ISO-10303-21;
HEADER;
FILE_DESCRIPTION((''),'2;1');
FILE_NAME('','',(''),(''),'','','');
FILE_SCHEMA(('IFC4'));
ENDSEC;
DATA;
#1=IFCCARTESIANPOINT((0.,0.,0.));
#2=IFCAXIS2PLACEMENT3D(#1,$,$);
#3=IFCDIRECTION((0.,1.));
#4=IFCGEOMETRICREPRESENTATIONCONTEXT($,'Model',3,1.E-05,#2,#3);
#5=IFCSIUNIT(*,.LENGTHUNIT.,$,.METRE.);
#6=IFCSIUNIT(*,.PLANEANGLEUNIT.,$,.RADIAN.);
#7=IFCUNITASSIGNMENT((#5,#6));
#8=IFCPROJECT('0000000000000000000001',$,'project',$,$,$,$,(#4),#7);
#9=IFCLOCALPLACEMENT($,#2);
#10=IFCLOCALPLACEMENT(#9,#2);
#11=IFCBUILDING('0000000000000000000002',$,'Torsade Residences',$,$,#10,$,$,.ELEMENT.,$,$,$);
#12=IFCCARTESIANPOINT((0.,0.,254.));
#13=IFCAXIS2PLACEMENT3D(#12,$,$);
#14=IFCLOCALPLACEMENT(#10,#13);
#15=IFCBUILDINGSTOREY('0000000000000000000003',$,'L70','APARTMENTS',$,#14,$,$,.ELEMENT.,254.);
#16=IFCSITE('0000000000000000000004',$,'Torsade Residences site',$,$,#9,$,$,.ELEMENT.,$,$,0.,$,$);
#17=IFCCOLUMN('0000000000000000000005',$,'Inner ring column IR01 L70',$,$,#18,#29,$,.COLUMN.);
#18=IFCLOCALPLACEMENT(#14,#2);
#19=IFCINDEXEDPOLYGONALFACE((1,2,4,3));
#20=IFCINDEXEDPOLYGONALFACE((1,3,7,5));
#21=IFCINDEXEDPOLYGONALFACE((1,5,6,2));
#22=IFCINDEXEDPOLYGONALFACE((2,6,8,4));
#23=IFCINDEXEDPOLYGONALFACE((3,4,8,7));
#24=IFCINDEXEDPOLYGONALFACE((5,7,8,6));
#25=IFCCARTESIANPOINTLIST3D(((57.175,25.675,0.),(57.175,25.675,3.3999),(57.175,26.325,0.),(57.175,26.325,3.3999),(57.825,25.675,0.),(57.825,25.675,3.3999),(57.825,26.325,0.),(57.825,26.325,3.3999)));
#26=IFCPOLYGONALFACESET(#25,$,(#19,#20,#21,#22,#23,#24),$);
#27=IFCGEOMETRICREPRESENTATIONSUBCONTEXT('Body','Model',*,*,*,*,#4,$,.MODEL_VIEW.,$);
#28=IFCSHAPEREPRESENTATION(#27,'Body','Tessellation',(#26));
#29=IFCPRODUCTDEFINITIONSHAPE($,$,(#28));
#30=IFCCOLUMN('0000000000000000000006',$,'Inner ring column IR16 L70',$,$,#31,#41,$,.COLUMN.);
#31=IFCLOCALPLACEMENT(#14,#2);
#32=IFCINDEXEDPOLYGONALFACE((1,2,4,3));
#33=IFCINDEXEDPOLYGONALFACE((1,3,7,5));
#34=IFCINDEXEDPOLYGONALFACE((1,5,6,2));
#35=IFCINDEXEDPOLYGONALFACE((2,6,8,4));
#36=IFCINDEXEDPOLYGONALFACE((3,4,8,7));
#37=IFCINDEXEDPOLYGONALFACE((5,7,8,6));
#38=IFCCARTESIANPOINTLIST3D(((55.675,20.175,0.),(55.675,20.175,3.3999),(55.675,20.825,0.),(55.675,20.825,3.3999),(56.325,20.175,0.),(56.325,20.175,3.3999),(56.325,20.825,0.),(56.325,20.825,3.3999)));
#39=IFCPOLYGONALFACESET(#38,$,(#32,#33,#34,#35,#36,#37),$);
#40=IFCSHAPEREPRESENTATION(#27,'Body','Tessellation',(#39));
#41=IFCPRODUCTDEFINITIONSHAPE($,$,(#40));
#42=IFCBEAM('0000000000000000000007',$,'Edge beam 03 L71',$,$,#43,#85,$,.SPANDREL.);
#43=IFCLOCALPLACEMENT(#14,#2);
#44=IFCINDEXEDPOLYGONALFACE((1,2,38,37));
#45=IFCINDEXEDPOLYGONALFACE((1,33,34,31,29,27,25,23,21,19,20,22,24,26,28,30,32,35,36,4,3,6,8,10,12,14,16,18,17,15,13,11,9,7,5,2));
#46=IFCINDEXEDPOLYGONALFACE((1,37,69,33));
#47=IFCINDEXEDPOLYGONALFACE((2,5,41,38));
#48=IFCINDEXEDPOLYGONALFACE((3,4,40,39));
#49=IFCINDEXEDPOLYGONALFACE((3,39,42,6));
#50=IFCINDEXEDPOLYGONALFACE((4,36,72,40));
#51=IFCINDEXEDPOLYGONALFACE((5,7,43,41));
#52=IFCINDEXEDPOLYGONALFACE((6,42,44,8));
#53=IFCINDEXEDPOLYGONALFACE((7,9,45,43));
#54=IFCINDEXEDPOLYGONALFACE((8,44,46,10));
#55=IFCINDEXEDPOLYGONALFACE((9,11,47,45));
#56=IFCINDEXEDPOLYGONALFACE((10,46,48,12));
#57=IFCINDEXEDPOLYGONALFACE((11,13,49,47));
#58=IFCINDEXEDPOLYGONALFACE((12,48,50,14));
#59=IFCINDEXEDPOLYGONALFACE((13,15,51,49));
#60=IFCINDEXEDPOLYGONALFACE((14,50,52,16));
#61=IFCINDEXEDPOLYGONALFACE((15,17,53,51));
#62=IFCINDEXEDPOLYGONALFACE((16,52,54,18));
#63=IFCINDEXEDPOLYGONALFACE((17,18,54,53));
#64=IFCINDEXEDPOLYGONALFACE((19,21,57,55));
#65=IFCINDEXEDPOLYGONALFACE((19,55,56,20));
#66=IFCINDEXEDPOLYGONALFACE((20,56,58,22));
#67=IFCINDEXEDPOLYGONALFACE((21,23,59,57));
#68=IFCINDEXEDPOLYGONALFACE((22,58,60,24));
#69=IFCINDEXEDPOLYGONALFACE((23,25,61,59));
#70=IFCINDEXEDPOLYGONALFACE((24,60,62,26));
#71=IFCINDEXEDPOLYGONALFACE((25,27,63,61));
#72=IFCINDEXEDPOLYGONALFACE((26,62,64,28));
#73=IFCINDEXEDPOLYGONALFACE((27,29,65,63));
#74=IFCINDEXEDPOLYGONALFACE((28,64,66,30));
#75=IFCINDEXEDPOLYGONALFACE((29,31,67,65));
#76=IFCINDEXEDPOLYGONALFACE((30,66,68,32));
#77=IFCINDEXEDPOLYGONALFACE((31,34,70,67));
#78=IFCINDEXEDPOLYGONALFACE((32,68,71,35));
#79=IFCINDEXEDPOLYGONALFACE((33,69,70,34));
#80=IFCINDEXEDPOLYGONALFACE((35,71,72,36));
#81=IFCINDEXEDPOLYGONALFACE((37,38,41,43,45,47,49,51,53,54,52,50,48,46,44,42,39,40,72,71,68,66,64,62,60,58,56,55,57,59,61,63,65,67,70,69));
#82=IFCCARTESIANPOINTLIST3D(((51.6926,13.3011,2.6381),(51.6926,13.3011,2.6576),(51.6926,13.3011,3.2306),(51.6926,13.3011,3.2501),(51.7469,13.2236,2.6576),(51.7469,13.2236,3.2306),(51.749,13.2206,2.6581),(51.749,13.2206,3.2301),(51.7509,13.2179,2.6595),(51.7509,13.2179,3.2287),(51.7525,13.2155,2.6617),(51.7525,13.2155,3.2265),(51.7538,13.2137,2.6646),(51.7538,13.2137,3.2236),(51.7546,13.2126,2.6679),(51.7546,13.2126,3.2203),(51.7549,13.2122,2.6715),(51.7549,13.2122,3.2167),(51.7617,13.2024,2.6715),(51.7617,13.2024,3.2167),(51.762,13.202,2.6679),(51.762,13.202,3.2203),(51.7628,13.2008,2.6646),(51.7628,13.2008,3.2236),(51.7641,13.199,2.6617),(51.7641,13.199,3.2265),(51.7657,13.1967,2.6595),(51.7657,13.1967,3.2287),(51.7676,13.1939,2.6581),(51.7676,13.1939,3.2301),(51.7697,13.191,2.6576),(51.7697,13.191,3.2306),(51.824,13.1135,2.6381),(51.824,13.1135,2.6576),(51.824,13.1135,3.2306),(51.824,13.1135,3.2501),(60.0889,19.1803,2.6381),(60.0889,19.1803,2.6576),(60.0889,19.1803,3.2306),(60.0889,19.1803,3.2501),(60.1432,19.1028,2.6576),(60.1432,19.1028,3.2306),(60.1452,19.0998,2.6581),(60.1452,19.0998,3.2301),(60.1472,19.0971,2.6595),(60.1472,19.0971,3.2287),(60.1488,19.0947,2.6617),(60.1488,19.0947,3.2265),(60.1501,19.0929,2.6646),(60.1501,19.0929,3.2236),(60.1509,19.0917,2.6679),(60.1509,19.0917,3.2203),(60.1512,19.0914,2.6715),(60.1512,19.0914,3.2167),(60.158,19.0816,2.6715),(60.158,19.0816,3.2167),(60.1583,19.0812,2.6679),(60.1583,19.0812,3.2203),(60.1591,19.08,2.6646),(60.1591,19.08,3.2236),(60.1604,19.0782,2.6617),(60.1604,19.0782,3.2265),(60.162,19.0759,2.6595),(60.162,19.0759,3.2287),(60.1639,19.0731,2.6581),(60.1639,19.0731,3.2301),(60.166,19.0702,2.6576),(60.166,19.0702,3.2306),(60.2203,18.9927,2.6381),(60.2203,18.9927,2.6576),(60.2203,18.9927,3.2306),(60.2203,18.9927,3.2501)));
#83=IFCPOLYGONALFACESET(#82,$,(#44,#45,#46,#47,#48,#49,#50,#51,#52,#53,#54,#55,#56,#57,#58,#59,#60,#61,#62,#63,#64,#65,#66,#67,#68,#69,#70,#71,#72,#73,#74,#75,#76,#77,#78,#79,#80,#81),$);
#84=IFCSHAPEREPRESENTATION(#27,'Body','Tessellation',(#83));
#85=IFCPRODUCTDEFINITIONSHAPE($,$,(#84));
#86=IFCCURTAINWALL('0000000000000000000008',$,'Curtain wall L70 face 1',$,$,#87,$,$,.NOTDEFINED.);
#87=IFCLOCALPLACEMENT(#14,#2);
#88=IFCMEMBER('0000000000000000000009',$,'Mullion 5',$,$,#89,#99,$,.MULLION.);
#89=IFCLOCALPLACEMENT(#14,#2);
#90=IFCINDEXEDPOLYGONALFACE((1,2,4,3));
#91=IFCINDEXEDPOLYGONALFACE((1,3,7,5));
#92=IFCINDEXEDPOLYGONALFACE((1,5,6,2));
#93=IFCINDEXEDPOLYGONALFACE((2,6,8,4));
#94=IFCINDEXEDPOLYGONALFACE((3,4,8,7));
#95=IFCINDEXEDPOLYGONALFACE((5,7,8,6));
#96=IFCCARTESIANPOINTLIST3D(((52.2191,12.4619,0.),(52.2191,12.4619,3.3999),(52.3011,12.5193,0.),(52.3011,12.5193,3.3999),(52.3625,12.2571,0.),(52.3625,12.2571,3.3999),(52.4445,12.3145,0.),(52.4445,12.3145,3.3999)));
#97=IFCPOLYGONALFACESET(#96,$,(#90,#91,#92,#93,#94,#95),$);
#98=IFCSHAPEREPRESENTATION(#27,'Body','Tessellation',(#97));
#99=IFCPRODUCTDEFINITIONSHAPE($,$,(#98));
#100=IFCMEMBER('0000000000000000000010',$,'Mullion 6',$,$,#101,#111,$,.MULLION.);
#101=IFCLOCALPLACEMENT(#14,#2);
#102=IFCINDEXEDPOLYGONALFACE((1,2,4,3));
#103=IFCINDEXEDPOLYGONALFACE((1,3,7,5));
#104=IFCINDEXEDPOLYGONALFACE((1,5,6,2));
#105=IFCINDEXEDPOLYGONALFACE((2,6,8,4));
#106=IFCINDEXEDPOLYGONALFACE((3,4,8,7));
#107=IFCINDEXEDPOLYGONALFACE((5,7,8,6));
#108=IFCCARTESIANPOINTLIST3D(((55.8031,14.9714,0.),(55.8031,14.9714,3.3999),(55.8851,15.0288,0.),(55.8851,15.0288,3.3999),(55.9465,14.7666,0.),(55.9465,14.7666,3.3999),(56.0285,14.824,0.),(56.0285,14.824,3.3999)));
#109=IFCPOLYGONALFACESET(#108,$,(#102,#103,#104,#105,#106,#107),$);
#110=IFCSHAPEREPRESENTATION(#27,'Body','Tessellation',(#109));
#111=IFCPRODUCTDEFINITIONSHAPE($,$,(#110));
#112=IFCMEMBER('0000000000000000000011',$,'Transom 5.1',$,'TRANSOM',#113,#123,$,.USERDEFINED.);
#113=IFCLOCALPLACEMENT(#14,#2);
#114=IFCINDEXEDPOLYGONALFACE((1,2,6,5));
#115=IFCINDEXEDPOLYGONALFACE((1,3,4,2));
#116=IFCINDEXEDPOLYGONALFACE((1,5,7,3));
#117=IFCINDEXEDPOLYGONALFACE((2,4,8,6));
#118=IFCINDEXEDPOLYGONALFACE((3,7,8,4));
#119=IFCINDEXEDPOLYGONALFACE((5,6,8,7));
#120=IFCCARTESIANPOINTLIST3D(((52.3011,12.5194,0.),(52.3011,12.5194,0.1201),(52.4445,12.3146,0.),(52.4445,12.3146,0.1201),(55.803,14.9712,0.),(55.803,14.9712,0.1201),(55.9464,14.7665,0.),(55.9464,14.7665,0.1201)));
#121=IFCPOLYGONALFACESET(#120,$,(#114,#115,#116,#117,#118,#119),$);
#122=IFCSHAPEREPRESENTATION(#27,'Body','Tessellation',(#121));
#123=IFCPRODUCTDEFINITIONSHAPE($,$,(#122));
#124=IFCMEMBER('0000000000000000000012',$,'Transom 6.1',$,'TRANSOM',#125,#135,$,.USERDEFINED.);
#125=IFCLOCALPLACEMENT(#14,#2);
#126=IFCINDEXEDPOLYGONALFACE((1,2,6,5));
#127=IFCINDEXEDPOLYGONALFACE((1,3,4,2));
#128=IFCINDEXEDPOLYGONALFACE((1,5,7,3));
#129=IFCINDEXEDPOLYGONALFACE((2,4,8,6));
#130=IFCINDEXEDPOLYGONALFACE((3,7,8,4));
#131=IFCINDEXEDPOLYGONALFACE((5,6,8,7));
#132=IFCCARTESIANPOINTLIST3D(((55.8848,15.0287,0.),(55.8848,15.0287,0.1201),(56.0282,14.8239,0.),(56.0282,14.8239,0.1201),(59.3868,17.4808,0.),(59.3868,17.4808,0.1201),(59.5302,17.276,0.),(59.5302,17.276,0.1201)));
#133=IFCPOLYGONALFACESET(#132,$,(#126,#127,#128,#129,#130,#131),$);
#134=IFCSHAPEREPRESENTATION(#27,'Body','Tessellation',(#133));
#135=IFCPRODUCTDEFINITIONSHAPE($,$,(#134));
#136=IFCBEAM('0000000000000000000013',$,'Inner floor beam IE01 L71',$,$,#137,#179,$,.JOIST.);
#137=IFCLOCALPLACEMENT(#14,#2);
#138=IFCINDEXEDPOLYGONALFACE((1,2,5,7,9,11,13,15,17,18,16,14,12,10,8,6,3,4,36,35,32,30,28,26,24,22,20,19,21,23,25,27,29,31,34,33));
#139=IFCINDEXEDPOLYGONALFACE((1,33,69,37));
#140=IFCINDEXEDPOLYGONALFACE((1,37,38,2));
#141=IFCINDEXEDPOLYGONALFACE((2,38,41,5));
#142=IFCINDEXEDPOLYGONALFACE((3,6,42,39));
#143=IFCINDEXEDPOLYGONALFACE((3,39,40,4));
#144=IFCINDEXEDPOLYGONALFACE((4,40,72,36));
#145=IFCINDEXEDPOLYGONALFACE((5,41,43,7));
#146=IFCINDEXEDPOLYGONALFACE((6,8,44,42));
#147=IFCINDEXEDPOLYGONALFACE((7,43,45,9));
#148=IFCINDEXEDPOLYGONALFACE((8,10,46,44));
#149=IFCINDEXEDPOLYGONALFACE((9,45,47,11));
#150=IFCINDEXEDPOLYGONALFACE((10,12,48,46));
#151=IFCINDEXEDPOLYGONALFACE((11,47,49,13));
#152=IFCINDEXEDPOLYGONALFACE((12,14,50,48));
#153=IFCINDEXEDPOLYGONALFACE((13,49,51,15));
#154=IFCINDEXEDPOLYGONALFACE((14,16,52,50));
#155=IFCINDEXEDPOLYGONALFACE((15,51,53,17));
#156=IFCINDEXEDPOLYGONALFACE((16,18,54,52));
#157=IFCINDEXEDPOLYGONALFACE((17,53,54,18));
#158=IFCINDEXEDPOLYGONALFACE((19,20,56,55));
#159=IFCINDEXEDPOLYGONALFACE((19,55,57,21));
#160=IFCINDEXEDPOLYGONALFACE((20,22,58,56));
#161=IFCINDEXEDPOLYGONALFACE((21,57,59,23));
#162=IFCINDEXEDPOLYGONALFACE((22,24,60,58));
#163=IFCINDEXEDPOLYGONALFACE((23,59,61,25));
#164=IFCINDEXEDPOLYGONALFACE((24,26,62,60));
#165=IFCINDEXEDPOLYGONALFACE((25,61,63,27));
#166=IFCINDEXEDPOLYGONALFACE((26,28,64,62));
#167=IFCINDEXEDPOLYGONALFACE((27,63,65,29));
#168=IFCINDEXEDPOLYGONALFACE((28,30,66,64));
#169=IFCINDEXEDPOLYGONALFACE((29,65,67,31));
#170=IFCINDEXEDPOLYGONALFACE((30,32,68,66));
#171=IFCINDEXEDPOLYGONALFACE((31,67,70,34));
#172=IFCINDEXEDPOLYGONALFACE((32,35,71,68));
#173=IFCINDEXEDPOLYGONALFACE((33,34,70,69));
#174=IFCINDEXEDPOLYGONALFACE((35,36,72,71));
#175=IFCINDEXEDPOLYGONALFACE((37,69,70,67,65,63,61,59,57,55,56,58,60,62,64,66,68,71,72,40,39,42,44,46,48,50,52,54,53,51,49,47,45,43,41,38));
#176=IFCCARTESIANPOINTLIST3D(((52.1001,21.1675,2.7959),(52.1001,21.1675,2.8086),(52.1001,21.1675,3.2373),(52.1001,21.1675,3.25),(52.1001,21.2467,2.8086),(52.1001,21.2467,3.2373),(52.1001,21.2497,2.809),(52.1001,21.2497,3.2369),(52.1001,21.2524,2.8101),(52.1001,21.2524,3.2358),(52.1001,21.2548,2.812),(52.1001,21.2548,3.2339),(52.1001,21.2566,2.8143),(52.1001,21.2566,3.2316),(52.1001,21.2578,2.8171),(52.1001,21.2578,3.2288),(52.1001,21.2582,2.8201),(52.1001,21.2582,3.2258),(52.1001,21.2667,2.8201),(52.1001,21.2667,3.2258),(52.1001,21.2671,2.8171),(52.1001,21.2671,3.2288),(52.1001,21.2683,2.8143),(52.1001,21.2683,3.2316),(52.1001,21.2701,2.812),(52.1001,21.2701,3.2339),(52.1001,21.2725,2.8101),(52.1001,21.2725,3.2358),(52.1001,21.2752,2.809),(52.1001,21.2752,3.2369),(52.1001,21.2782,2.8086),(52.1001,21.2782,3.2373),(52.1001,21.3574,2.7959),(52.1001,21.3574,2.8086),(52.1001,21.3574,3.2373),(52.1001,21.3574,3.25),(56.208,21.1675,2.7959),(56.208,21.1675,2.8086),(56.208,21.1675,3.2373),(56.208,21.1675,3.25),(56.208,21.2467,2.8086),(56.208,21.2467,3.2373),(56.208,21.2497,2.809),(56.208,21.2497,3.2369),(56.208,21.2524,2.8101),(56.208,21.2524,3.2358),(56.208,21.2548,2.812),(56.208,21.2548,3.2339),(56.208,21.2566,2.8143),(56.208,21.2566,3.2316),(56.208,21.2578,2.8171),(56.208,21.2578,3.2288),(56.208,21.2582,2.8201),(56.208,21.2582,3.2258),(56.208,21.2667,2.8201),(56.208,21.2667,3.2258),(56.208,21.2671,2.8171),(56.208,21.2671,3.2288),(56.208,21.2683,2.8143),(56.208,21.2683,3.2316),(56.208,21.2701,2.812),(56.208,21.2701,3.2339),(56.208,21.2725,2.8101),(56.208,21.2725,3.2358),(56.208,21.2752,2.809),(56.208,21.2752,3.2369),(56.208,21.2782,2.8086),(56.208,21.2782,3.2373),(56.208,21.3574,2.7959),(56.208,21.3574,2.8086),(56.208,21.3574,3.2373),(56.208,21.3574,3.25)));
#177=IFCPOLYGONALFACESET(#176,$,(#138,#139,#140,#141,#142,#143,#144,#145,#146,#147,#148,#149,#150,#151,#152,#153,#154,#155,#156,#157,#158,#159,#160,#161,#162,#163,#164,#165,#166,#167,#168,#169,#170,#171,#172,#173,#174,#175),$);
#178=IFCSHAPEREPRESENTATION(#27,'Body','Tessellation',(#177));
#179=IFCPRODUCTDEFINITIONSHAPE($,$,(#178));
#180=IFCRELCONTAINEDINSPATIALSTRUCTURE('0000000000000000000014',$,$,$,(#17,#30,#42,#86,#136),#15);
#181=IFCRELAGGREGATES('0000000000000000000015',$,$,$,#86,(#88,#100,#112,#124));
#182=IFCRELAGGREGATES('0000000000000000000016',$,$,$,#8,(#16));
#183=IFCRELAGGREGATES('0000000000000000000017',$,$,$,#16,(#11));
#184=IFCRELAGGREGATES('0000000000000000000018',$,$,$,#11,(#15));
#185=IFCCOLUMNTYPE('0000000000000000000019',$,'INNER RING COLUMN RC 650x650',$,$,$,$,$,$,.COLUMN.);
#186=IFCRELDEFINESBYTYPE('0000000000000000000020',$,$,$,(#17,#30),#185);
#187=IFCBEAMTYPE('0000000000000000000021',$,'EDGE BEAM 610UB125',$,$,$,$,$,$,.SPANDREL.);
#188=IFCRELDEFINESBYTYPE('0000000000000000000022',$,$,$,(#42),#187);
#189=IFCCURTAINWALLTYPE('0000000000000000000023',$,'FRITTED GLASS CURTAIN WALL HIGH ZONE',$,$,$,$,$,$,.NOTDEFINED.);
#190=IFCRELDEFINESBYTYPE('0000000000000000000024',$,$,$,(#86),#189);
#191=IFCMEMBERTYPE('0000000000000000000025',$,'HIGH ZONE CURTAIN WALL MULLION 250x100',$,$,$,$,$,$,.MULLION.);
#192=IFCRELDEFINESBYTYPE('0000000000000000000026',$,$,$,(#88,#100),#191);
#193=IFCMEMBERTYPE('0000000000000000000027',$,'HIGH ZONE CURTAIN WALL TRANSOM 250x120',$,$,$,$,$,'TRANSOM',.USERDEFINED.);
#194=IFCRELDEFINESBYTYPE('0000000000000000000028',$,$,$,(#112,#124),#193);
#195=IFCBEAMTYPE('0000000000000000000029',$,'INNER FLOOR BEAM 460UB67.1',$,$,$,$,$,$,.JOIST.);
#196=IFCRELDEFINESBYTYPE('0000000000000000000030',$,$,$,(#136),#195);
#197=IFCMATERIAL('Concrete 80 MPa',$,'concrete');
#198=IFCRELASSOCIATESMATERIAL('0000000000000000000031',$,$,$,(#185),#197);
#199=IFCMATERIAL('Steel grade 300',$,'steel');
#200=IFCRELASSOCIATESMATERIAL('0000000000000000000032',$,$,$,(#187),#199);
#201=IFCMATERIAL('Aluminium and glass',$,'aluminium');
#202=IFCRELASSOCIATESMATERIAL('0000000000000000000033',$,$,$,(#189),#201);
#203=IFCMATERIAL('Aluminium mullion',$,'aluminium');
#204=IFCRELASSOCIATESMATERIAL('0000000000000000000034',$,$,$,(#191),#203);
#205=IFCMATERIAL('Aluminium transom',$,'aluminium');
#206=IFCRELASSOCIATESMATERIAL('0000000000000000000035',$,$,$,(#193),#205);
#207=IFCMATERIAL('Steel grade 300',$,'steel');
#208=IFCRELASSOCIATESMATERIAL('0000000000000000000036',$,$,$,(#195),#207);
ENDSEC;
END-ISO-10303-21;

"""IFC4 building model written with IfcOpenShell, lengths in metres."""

from ifc_helpers import new_model, si_unit, direction, frame, origin, origin_2d, place, context, subcontext, project, spatial, rectangle, i_section, extrude, material, material_profile, profile_set, type_object, element, aggregate, save


model = new_model("IFC4")

# Units and contexts
model_context = context("Model", 3, precision=1e-05, world=origin(), true_north=direction((0.0, 1.0)))
body_context = subcontext(model_context, "Body", "Model", "MODEL_VIEW")
ifc_project = project(units=[si_unit("LENGTHUNIT", "METRE"), si_unit("PLANEANGLEUNIT", "RADIAN")], contexts=[model_context])

# Site, building, storey
site_placement = place(None, origin())
site = spatial("IfcSite", under=ifc_project, at=site_placement, Name="Torsade Residences site", CompositionType="ELEMENT", RefElevation=0.0)
building_placement = place(site_placement, origin())
building = spatial("IfcBuilding", under=site, at=building_placement, Name="Torsade Residences", CompositionType="ELEMENT")
storey_placement = place(building_placement, frame((0.0, 0.0, 254.0)))
storey = spatial("IfcBuildingStorey", under=building, at=storey_placement, Name="L70", Description="APARTMENTS", CompositionType="ELEMENT", Elevation=254.0)

# Columns
ifc_material_1 = material(Name="Concrete 80 MPa", Category="concrete")
ifc_material_profile_1 = material_profile(ifc_material_1, rectangle(XDim=0.6499, YDim=0.6499, at=origin_2d()), Name="RC 650x650")
ifc_profile_set_1 = profile_set([ifc_material_profile_1], Name="Concrete 80 MPa")
column_type = type_object("IfcColumnType", Name="INNER RING COLUMN RC 650x650", PredefinedType="COLUMN", material=ifc_profile_set_1)
for number, where, z_axis, x_axis, name in (
    (1, (57.5, 26.0, 0.0), (0.0, 0.0, 1.0), (1.0, 0.0, 0.0), "Inner ring column IR01 L70"),
    (2, (56.0, 20.5, 0.0), (0.0, 0.0, 1.0), (1.0, 0.0, 0.0), "Inner ring column IR16 L70"),
):
    element("IfcColumn", number, at=place(storey_placement, frame(where, z_axis=z_axis, x_axis=x_axis)), inside=storey, type_object=column_type, Name=name, PredefinedType="COLUMN", context=body_context, shape_type="SweptSolid", body=[
        extrude(rectangle(XDim=0.6499, YDim=0.6499, at=origin_2d()), origin(), (0.0, 0.0, 1.0), 3.3999),
    ])

# Beam
ifc_material_2 = material(Name="Steel grade 300", Category="steel")
ifc_material_profile_2 = material_profile(ifc_material_2, i_section(OverallWidth=0.229, OverallDepth=0.6121, WebThickness=0.012, FlangeThickness=0.0195, FilletRadius=0.0139, at=origin_2d()), Name="610UB125")
ifc_profile_set_2 = profile_set([ifc_material_profile_2], Name="Steel grade 300")
beam_type_1 = type_object("IfcBeamType", Name="EDGE BEAM 610UB125", PredefinedType="SPANDREL", material=ifc_profile_set_2)
beam_1_placement = place(storey_placement, frame((51.7583, 13.2073, 2.9441), z_axis=(0.81915, 0.573579, 0.0), x_axis=(-0.573579, 0.81915, 0.0)))
element("IfcBeam", 3, at=beam_1_placement, inside=storey, type_object=beam_type_1, Name="Edge beam 03 L71", PredefinedType="SPANDREL", context=body_context, shape_type="SweptSolid", body=[
    extrude(i_section(OverallWidth=0.229, OverallDepth=0.6121, WebThickness=0.012, FlangeThickness=0.0195, FilletRadius=0.0139, at=origin_2d()), origin(), (0.0, 0.0, 1.0), 10.25),
])

# Curtain wall, members
ifc_material_3 = material(Name="Aluminium and glass", Category="aluminium")
curtain_wall_type = type_object("IfcCurtainWallType", Name="FRITTED GLASS CURTAIN WALL HIGH ZONE", PredefinedType="NOTDEFINED", material=ifc_material_3)
curtain_wall_placement = place(storey_placement, origin())
curtain_wall = element("IfcCurtainWall", 4, at=curtain_wall_placement, inside=storey, type_object=curtain_wall_type, Name="Curtain wall L70 face 1", PredefinedType="NOTDEFINED")
ifc_material_4 = material(Name="Aluminium mullion", Category="aluminium")
ifc_material_profile_3 = material_profile(ifc_material_4, rectangle(XDim=0.25, YDim=0.1001, at=origin_2d()), Name="HIGH ZONE CURTAIN WALL MULLION 250x100")
ifc_profile_set_3 = profile_set([ifc_material_profile_3], Name="Aluminium mullion")
member_type_1 = type_object("IfcMemberType", Name="HIGH ZONE CURTAIN WALL MULLION 250x100", PredefinedType="MULLION", material=ifc_profile_set_3)
member_1_placement = place(storey_placement, frame((52.3318, 12.3882, 0.0), z_axis=(0.0, 0.0, 1.0), x_axis=(-0.573576, 0.819152, 0.0)))
member_1 = element("IfcMember", 5, at=member_1_placement, type_object=member_type_1, Name="Mullion 5", PredefinedType="MULLION", context=body_context, shape_type="SweptSolid", body=[
    extrude(rectangle(XDim=0.25, YDim=0.1001, at=origin_2d()), origin(), (0.0, 0.0, 1.0), 3.3999),
])
member_2_placement = place(storey_placement, frame((55.9158, 14.8977, 0.0), z_axis=(0.0, 0.0, 1.0), x_axis=(-0.573576, 0.819152, 0.0)))
member_2 = element("IfcMember", 6, at=member_2_placement, type_object=member_type_1, Name="Mullion 6", PredefinedType="MULLION", context=body_context, shape_type="SweptSolid", body=[
    extrude(rectangle(XDim=0.25, YDim=0.1001, at=origin_2d()), origin(), (0.0, 0.0, 1.0), 3.3999),
])
ifc_material_5 = material(Name="Aluminium transom", Category="aluminium")
ifc_material_profile_4 = material_profile(ifc_material_5, rectangle(XDim=0.25, YDim=0.1201, at=origin_2d()), Name="HIGH ZONE CURTAIN WALL TRANSOM 250x120")
ifc_profile_set_4 = profile_set([ifc_material_profile_4], Name="Aluminium transom")
member_type_2 = type_object("IfcMemberType", Name="HIGH ZONE CURTAIN WALL TRANSOM 250x120", ElementType="TRANSOM", PredefinedType="USERDEFINED", material=ifc_profile_set_4)
member_3_placement = place(storey_placement, frame((52.3728, 12.417, 0.0601), z_axis=(0.819173, 0.573547, 0.0), x_axis=(-0.573547, 0.819173, 0.0)))
member_3 = element("IfcMember", 7, at=member_3_placement, type_object=member_type_2, Name="Transom 5.1", ObjectType="TRANSOM", PredefinedType="USERDEFINED", context=body_context, shape_type="SweptSolid", body=[
    extrude(rectangle(XDim=0.25, YDim=0.1201, at=origin_2d()), origin(), (0.0, 0.0, 1.0), 4.2749),
])
member_4_placement = place(storey_placement, frame((55.9565, 14.9263, 0.0601), z_axis=(0.819146, 0.573585, 0.0), x_axis=(-0.573585, 0.819146, 0.0)))
member_4 = element("IfcMember", 8, at=member_4_placement, type_object=member_type_2, Name="Transom 6.1", ObjectType="TRANSOM", PredefinedType="USERDEFINED", context=body_context, shape_type="SweptSolid", body=[
    extrude(rectangle(XDim=0.25, YDim=0.1201, at=origin_2d()), origin(), (0.0, 0.0, 1.0), 4.2751),
])

# Beam
ifc_material_6 = material(Name="Steel grade 300", Category="steel")
ifc_material_profile_5 = material_profile(ifc_material_6, i_section(OverallWidth=0.1899, OverallDepth=0.4541, WebThickness=0.0085, FlangeThickness=0.0127, FilletRadius=0.0115, at=origin_2d()), Name="460UB67.1")
ifc_profile_set_5 = profile_set([ifc_material_profile_5], Name="Steel grade 300")
beam_type_2 = type_object("IfcBeamType", Name="INNER FLOOR BEAM 460UB67.1", PredefinedType="JOIST", material=ifc_profile_set_5)
beam_2_placement = place(storey_placement, frame((52.1001, 21.2625, 3.0229), z_axis=(1.0, 0.0, 0.0), x_axis=(0.0, 1.0, 0.0)))
element("IfcBeam", 9, at=beam_2_placement, inside=storey, type_object=beam_type_2, Name="Inner floor beam IE01 L71", PredefinedType="JOIST", context=body_context, shape_type="SweptSolid", body=[
    extrude(i_section(OverallWidth=0.1899, OverallDepth=0.4541, WebThickness=0.0085, FlangeThickness=0.0127, FilletRadius=0.0115, at=origin_2d()), origin(), (0.0, 0.0, 1.0), 4.1079),
])

aggregate(curtain_wall, [member_1, member_2, member_3, member_4])

save(model, "model.ifc")
